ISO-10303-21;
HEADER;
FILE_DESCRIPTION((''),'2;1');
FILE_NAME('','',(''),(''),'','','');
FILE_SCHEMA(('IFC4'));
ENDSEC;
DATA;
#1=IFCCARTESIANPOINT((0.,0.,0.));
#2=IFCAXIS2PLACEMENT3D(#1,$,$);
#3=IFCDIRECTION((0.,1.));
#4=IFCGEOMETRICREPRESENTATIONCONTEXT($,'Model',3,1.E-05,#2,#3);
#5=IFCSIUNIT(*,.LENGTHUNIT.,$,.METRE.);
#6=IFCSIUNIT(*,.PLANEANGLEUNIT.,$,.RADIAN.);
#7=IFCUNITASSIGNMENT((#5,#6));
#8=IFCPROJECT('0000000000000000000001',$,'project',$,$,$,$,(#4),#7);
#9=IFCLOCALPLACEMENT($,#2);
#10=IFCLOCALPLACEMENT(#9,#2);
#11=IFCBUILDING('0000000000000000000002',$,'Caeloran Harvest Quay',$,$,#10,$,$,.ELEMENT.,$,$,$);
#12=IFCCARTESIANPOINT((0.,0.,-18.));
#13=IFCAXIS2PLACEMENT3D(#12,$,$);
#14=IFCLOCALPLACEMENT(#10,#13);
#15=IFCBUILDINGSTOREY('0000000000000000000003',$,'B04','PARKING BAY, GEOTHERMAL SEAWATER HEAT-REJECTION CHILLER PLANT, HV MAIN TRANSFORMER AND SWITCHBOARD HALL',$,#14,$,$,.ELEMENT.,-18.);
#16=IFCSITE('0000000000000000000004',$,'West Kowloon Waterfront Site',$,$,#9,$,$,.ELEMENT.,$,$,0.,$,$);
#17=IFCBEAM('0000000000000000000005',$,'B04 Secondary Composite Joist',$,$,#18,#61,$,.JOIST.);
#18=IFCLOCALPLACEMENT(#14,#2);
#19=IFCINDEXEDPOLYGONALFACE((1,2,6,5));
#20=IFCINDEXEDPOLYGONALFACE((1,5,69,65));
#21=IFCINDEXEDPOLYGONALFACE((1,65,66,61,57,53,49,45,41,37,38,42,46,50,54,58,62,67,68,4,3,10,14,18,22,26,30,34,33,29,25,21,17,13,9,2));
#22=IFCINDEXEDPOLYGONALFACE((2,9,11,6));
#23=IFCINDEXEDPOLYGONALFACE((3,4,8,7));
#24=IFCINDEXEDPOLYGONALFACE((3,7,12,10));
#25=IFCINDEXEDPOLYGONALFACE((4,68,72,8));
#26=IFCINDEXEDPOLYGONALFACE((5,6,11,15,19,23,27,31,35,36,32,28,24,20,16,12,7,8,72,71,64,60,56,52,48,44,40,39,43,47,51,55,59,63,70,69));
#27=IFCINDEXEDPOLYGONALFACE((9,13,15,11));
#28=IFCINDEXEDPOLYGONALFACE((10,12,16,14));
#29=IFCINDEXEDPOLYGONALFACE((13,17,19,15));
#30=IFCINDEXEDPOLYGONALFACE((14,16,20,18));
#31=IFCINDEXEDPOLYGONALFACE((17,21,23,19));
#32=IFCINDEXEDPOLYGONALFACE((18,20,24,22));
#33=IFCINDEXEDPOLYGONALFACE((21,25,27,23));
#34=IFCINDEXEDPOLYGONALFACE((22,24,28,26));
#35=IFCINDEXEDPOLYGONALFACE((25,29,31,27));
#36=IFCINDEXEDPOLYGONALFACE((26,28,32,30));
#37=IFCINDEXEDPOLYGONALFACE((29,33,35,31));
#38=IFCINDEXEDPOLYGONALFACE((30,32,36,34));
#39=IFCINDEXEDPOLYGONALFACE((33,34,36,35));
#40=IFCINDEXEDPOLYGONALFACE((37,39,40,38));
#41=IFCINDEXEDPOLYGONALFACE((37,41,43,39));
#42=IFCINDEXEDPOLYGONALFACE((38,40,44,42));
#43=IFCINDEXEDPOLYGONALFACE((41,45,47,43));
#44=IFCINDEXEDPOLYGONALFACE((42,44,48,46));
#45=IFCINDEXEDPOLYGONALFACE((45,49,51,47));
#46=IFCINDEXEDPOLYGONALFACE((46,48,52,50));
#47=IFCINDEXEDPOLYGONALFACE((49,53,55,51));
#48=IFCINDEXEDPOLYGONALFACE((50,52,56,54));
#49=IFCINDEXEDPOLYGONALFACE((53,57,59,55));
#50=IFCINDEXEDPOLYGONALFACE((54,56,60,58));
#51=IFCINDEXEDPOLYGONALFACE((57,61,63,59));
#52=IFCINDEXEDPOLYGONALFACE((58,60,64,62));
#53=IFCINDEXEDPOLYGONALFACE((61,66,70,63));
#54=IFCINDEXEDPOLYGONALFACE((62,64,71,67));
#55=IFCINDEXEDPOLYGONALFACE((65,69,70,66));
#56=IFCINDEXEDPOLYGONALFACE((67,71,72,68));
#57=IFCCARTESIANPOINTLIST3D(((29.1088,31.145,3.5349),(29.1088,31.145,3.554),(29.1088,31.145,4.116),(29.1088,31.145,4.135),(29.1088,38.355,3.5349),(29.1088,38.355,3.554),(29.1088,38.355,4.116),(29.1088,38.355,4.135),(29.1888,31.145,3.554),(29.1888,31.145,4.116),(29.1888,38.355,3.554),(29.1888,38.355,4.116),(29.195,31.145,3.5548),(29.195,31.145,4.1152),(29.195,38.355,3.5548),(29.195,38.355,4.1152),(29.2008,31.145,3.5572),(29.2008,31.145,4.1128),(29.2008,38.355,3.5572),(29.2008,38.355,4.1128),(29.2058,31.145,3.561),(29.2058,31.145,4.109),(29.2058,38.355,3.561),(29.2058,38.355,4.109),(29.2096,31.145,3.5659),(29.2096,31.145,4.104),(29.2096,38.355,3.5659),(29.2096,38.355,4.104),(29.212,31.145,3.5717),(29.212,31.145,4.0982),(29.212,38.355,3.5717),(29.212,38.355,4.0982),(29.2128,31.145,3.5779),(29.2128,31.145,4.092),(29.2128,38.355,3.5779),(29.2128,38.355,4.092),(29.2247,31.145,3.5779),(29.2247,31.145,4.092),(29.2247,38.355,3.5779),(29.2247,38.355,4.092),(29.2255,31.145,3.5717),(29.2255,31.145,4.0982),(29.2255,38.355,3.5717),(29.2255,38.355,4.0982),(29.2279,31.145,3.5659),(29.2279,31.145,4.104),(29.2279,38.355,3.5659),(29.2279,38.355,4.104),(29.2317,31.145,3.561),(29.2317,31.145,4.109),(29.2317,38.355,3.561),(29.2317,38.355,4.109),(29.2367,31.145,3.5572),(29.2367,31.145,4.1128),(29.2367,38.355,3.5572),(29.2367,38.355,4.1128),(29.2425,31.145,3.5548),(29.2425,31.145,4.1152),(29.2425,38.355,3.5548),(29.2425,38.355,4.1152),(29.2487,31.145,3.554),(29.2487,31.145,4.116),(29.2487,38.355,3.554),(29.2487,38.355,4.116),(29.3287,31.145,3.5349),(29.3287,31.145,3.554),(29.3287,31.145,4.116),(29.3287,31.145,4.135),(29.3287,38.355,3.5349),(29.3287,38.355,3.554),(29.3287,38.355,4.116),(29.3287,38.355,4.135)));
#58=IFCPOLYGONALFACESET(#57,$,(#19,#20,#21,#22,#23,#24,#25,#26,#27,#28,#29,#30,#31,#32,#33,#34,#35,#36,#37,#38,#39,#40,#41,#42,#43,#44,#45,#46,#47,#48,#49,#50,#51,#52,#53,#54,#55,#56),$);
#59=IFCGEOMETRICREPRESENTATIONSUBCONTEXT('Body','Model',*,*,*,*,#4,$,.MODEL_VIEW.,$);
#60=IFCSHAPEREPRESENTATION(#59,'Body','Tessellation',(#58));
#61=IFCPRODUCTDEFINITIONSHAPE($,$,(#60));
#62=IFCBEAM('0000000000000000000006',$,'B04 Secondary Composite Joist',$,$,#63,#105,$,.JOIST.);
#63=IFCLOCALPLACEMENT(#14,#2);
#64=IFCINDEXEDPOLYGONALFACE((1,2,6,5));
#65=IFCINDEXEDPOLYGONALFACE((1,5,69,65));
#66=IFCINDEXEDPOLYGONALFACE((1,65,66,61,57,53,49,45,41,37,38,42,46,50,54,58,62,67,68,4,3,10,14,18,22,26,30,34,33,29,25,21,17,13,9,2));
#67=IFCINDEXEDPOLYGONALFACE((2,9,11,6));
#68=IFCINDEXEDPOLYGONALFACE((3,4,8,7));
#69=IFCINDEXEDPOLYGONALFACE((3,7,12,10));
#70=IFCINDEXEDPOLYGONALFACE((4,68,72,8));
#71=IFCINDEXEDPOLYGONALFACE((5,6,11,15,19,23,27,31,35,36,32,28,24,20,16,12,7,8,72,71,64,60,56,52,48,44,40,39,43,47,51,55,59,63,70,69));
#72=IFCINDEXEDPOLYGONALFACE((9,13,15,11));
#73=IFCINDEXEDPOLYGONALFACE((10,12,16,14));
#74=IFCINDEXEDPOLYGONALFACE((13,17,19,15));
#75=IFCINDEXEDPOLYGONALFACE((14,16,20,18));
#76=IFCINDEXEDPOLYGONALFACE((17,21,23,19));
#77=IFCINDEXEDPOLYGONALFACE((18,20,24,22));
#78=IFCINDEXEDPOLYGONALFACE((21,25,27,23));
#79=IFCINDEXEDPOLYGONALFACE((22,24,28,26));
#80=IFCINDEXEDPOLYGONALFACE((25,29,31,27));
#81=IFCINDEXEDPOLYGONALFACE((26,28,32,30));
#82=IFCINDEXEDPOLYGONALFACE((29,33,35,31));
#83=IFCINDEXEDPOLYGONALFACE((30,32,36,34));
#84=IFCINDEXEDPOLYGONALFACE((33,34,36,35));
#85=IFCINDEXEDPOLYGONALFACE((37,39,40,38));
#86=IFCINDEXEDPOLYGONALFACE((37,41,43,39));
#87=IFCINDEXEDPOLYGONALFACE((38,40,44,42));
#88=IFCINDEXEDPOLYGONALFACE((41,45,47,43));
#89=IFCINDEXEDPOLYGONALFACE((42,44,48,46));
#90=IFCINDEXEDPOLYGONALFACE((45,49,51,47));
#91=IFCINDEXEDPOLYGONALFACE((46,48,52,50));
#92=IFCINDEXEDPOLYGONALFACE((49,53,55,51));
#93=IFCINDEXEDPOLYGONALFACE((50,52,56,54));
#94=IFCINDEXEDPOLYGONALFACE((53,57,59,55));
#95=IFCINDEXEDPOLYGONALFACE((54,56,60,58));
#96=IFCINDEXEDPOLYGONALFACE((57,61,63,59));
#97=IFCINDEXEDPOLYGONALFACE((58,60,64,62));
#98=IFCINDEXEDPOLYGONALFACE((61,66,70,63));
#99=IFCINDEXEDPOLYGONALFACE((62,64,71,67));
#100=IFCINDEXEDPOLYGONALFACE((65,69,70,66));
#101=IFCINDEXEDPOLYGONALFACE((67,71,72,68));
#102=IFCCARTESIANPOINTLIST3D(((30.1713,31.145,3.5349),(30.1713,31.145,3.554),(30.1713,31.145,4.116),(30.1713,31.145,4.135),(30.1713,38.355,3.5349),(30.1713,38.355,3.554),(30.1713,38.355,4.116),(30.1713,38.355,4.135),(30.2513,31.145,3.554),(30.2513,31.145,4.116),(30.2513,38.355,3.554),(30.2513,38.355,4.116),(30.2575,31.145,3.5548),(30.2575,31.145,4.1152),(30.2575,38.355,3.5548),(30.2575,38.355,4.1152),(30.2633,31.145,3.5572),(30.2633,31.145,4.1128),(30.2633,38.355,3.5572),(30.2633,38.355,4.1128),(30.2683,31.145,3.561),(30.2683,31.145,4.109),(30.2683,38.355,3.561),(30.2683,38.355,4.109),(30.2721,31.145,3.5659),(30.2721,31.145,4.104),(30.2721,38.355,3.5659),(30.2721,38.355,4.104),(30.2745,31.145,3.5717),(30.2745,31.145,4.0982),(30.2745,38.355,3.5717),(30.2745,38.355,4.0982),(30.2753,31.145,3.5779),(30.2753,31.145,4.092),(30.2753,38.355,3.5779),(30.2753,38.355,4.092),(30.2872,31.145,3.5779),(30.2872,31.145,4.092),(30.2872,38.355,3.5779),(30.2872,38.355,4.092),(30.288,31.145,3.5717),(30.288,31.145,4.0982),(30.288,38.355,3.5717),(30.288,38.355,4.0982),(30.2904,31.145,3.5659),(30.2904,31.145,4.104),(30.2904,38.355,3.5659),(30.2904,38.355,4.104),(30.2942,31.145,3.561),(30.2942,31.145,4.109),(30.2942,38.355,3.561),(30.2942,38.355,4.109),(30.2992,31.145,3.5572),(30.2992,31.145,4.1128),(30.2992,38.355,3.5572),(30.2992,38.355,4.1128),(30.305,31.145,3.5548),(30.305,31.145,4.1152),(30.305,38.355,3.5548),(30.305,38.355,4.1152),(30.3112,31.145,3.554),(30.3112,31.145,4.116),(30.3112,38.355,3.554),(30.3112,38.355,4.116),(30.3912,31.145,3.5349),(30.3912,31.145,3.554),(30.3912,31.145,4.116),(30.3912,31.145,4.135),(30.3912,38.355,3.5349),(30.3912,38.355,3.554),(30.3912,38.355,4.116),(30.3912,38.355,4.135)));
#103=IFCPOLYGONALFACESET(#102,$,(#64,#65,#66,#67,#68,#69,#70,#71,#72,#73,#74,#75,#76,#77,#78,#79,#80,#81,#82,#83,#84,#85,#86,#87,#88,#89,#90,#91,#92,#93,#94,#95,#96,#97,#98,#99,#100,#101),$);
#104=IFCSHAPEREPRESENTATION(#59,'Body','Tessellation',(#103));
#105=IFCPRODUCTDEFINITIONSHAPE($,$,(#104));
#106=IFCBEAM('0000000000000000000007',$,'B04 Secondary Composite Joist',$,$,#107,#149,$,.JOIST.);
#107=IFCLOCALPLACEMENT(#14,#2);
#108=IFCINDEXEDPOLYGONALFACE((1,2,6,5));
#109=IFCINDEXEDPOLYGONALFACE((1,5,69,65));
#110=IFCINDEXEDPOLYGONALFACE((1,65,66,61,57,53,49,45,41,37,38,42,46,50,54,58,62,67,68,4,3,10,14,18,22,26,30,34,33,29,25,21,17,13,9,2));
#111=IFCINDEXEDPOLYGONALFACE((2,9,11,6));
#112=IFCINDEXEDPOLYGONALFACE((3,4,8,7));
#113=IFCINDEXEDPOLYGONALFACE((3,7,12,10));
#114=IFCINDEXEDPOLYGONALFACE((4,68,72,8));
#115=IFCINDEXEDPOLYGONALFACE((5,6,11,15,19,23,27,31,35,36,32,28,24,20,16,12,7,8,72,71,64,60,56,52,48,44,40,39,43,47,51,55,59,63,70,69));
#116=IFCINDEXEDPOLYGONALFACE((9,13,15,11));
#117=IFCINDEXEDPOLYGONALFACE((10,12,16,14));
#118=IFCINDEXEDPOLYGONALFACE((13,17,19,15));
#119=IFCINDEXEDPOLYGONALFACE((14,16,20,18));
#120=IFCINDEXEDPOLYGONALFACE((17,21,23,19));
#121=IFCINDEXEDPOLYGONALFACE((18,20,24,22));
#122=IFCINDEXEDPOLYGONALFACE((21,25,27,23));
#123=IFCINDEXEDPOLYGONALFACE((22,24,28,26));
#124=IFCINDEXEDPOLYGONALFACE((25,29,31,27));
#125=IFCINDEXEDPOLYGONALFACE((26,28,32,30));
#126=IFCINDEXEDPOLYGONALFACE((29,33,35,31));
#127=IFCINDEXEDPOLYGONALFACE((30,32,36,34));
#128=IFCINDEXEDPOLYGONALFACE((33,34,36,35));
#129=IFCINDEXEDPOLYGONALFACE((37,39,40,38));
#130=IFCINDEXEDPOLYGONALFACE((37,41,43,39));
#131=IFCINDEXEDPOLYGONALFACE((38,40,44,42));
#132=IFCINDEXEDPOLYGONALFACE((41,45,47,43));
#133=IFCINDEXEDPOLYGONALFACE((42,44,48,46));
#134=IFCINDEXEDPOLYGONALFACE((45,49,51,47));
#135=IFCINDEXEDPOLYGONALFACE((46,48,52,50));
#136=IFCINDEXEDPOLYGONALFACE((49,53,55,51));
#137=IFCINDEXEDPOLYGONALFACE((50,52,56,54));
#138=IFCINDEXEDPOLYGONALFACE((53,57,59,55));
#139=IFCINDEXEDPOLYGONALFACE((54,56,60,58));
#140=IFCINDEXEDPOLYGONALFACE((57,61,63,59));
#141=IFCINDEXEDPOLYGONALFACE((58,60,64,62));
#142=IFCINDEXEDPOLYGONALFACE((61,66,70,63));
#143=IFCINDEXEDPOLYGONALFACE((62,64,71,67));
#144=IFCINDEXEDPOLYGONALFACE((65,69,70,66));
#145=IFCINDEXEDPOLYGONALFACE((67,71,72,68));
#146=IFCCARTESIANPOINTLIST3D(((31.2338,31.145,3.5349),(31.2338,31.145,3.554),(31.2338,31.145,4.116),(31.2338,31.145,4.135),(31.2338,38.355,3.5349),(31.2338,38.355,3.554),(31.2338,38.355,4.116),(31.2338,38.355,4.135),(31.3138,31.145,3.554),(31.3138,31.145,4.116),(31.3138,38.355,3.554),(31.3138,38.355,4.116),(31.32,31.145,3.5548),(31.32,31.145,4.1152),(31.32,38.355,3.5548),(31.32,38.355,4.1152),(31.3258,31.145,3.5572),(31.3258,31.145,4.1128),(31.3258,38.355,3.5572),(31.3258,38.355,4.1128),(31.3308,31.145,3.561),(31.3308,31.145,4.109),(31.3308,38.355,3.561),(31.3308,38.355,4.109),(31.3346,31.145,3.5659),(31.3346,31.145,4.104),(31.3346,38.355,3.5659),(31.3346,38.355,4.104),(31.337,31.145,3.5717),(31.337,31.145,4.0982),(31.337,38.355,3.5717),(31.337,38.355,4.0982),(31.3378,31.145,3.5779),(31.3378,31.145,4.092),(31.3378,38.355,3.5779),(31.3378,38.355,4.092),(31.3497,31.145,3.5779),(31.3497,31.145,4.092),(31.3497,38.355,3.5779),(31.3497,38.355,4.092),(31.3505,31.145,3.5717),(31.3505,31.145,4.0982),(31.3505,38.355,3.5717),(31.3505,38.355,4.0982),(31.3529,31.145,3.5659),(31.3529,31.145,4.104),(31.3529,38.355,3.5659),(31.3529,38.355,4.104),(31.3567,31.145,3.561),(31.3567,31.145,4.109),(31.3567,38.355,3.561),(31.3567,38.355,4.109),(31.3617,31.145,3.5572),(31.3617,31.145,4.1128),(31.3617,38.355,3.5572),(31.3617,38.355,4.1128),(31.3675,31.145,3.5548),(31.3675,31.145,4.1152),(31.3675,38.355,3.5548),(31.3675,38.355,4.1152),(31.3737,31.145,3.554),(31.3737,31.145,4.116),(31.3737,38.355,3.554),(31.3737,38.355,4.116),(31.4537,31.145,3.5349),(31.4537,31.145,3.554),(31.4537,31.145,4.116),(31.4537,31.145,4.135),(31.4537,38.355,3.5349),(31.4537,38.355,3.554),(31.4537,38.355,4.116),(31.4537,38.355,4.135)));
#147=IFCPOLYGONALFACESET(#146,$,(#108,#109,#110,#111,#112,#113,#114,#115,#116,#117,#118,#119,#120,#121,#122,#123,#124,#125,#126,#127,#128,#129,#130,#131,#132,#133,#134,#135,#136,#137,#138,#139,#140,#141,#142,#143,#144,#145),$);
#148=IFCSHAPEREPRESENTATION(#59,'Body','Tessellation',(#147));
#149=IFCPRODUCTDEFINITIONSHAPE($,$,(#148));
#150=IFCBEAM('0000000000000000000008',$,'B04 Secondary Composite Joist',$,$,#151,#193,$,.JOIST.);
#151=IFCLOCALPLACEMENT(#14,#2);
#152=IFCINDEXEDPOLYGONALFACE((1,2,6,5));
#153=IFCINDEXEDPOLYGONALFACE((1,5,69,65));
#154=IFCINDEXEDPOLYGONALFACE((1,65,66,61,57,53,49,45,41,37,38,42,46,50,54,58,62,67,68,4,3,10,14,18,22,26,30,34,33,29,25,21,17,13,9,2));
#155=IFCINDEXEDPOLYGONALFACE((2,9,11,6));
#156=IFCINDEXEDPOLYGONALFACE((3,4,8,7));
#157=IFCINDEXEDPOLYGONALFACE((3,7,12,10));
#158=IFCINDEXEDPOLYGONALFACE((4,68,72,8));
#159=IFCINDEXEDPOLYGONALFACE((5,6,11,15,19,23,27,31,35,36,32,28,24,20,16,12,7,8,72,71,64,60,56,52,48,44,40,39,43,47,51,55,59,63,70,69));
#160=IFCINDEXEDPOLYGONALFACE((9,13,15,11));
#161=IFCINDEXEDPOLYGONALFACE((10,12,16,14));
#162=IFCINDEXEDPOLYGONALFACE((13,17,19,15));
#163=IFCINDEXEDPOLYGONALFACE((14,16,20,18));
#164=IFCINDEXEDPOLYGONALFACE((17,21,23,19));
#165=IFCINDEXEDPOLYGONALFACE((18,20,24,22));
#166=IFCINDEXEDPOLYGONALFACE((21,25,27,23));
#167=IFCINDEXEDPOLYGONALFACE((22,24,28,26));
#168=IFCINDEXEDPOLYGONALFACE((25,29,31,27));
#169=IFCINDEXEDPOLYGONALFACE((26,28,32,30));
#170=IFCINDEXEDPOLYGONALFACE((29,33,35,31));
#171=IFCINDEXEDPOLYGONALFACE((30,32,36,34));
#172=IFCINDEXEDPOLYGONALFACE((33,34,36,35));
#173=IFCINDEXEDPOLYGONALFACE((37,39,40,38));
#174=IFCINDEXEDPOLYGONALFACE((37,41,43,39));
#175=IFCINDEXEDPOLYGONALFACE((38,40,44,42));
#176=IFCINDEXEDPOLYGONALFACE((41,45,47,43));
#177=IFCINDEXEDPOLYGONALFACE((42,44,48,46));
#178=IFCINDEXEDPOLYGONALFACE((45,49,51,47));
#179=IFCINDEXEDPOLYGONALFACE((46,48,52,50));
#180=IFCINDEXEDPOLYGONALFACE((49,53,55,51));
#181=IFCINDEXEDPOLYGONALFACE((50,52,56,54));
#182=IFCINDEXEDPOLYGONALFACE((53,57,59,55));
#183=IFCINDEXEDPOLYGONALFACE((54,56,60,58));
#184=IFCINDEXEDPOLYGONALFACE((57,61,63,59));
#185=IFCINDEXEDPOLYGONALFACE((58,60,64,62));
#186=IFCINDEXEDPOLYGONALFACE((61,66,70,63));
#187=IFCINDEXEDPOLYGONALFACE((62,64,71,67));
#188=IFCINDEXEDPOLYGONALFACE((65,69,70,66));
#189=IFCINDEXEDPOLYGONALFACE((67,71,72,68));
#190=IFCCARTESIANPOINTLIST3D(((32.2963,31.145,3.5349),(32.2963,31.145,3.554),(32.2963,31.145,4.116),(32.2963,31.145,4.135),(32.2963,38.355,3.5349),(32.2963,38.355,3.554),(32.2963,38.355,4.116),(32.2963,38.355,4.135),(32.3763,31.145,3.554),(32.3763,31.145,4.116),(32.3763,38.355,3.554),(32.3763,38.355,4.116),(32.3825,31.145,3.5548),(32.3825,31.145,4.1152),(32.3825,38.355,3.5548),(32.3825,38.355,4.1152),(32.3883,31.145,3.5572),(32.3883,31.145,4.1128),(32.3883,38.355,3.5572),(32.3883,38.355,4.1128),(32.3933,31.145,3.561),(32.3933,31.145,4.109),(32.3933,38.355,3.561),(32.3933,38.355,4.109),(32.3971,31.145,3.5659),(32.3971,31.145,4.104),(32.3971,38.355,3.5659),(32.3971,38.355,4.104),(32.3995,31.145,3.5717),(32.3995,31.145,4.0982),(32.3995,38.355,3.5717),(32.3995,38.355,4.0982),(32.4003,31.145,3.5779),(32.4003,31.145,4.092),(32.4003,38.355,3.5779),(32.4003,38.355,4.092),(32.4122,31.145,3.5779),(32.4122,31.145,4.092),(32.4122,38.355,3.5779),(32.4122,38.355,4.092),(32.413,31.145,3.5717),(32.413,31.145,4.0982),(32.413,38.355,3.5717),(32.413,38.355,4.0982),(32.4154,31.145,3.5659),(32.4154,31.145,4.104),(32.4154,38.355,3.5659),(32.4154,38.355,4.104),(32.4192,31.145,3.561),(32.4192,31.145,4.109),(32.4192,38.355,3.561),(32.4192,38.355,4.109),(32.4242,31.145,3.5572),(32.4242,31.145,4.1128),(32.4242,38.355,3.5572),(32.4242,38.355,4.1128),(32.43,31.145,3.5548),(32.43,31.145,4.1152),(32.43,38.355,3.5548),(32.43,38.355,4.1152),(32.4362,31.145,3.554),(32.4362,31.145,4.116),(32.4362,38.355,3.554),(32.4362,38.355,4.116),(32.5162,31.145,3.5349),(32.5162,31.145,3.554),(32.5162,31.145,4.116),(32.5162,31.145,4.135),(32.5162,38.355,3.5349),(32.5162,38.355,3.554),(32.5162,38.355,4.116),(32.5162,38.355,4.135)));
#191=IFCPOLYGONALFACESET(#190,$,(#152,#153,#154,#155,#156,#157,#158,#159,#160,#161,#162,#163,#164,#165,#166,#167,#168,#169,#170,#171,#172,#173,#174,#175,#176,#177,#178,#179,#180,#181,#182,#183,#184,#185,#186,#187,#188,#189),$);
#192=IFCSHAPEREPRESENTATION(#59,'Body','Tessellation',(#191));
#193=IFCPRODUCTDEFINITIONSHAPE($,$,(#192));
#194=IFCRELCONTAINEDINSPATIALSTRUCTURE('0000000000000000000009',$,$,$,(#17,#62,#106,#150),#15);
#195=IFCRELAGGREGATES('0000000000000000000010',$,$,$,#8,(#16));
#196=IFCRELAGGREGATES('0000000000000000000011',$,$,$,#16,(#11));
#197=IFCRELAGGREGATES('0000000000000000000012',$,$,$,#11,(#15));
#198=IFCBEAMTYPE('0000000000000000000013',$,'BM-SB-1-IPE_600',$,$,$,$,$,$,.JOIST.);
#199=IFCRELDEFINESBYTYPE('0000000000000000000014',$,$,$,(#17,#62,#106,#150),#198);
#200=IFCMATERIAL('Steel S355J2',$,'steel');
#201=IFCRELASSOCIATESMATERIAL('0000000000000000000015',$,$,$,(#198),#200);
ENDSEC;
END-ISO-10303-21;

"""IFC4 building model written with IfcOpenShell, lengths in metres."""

from ifc_helpers import new_model, si_unit, direction, frame, origin, origin_2d, place, context, subcontext, project, spatial, i_section, extrude, material, material_profile, profile_set, type_object, element, save


model = new_model("IFC4")

# Units and contexts
model_context = context("Model", 3, precision=1e-05, world=origin(), true_north=direction((0.0, 1.0)))
body_context = subcontext(model_context, "Body", "Model", "MODEL_VIEW")
ifc_project = project(units=[si_unit("LENGTHUNIT", "METRE"), si_unit("PLANEANGLEUNIT", "RADIAN")], contexts=[model_context])

# Site, building, storey
site_placement = place(None, origin())
site = spatial("IfcSite", under=ifc_project, at=site_placement, Name="West Kowloon Waterfront Site", CompositionType="ELEMENT", RefElevation=0.0)
building_placement = place(site_placement, origin())
building = spatial("IfcBuilding", under=site, at=building_placement, Name="Caeloran Harvest Quay", CompositionType="ELEMENT")
storey_placement = place(building_placement, frame((0.0, 0.0, -18.0)))
storey = spatial("IfcBuildingStorey", under=building, at=storey_placement, Name="B04", Description="PARKING BAY, GEOTHERMAL SEAWATER HEAT-REJECTION CHILLER PLANT, HV MAIN TRANSFORMER AND SWITCHBOARD HALL", CompositionType="ELEMENT", Elevation=-18.0)

# Beams
ifc_material_1 = material(Name="Steel S355J2", Category="steel")
ifc_material_profile_1 = material_profile(ifc_material_1, i_section(OverallWidth=0.22, OverallDepth=0.6001, WebThickness=0.012, FlangeThickness=0.019, FilletRadius=0.0239, at=origin_2d()), Name="IPE 600")
ifc_profile_set_1 = profile_set([ifc_material_profile_1], Name="Steel S355J2")
beam_type_1 = type_object("IfcBeamType", Name="BM-SB-1-IPE_600", PredefinedType="JOIST", material=ifc_profile_set_1)
for number, where, z_axis, x_axis, name in (
    (1, (29.2188, 31.145, 3.835), (0.0, 1.0, 0.0), (-1.0, 0.0, 0.0), "B04 Secondary Composite Joist"),
    (2, (30.2812, 31.145, 3.835), (0.0, 1.0, 0.0), (-1.0, 0.0, 0.0), "B04 Secondary Composite Joist"),
    (3, (31.3438, 31.145, 3.835), (0.0, 1.0, 0.0), (-1.0, 0.0, 0.0), "B04 Secondary Composite Joist"),
    (4, (32.4062, 31.145, 3.835), (0.0, 1.0, 0.0), (-1.0, 0.0, 0.0), "B04 Secondary Composite Joist"),
):
    element("IfcBeam", number, at=place(storey_placement, frame(where, z_axis=z_axis, x_axis=x_axis)), inside=storey, type_object=beam_type_1, Name=name, PredefinedType="JOIST", context=body_context, shape_type="SweptSolid", body=[
        extrude(i_section(OverallWidth=0.22, OverallDepth=0.6001, WebThickness=0.012, FlangeThickness=0.019, FilletRadius=0.0239, at=origin_2d()), origin(), (0.0, 0.0, 1.0), 7.21),
    ])

save(model, "model.ifc")
